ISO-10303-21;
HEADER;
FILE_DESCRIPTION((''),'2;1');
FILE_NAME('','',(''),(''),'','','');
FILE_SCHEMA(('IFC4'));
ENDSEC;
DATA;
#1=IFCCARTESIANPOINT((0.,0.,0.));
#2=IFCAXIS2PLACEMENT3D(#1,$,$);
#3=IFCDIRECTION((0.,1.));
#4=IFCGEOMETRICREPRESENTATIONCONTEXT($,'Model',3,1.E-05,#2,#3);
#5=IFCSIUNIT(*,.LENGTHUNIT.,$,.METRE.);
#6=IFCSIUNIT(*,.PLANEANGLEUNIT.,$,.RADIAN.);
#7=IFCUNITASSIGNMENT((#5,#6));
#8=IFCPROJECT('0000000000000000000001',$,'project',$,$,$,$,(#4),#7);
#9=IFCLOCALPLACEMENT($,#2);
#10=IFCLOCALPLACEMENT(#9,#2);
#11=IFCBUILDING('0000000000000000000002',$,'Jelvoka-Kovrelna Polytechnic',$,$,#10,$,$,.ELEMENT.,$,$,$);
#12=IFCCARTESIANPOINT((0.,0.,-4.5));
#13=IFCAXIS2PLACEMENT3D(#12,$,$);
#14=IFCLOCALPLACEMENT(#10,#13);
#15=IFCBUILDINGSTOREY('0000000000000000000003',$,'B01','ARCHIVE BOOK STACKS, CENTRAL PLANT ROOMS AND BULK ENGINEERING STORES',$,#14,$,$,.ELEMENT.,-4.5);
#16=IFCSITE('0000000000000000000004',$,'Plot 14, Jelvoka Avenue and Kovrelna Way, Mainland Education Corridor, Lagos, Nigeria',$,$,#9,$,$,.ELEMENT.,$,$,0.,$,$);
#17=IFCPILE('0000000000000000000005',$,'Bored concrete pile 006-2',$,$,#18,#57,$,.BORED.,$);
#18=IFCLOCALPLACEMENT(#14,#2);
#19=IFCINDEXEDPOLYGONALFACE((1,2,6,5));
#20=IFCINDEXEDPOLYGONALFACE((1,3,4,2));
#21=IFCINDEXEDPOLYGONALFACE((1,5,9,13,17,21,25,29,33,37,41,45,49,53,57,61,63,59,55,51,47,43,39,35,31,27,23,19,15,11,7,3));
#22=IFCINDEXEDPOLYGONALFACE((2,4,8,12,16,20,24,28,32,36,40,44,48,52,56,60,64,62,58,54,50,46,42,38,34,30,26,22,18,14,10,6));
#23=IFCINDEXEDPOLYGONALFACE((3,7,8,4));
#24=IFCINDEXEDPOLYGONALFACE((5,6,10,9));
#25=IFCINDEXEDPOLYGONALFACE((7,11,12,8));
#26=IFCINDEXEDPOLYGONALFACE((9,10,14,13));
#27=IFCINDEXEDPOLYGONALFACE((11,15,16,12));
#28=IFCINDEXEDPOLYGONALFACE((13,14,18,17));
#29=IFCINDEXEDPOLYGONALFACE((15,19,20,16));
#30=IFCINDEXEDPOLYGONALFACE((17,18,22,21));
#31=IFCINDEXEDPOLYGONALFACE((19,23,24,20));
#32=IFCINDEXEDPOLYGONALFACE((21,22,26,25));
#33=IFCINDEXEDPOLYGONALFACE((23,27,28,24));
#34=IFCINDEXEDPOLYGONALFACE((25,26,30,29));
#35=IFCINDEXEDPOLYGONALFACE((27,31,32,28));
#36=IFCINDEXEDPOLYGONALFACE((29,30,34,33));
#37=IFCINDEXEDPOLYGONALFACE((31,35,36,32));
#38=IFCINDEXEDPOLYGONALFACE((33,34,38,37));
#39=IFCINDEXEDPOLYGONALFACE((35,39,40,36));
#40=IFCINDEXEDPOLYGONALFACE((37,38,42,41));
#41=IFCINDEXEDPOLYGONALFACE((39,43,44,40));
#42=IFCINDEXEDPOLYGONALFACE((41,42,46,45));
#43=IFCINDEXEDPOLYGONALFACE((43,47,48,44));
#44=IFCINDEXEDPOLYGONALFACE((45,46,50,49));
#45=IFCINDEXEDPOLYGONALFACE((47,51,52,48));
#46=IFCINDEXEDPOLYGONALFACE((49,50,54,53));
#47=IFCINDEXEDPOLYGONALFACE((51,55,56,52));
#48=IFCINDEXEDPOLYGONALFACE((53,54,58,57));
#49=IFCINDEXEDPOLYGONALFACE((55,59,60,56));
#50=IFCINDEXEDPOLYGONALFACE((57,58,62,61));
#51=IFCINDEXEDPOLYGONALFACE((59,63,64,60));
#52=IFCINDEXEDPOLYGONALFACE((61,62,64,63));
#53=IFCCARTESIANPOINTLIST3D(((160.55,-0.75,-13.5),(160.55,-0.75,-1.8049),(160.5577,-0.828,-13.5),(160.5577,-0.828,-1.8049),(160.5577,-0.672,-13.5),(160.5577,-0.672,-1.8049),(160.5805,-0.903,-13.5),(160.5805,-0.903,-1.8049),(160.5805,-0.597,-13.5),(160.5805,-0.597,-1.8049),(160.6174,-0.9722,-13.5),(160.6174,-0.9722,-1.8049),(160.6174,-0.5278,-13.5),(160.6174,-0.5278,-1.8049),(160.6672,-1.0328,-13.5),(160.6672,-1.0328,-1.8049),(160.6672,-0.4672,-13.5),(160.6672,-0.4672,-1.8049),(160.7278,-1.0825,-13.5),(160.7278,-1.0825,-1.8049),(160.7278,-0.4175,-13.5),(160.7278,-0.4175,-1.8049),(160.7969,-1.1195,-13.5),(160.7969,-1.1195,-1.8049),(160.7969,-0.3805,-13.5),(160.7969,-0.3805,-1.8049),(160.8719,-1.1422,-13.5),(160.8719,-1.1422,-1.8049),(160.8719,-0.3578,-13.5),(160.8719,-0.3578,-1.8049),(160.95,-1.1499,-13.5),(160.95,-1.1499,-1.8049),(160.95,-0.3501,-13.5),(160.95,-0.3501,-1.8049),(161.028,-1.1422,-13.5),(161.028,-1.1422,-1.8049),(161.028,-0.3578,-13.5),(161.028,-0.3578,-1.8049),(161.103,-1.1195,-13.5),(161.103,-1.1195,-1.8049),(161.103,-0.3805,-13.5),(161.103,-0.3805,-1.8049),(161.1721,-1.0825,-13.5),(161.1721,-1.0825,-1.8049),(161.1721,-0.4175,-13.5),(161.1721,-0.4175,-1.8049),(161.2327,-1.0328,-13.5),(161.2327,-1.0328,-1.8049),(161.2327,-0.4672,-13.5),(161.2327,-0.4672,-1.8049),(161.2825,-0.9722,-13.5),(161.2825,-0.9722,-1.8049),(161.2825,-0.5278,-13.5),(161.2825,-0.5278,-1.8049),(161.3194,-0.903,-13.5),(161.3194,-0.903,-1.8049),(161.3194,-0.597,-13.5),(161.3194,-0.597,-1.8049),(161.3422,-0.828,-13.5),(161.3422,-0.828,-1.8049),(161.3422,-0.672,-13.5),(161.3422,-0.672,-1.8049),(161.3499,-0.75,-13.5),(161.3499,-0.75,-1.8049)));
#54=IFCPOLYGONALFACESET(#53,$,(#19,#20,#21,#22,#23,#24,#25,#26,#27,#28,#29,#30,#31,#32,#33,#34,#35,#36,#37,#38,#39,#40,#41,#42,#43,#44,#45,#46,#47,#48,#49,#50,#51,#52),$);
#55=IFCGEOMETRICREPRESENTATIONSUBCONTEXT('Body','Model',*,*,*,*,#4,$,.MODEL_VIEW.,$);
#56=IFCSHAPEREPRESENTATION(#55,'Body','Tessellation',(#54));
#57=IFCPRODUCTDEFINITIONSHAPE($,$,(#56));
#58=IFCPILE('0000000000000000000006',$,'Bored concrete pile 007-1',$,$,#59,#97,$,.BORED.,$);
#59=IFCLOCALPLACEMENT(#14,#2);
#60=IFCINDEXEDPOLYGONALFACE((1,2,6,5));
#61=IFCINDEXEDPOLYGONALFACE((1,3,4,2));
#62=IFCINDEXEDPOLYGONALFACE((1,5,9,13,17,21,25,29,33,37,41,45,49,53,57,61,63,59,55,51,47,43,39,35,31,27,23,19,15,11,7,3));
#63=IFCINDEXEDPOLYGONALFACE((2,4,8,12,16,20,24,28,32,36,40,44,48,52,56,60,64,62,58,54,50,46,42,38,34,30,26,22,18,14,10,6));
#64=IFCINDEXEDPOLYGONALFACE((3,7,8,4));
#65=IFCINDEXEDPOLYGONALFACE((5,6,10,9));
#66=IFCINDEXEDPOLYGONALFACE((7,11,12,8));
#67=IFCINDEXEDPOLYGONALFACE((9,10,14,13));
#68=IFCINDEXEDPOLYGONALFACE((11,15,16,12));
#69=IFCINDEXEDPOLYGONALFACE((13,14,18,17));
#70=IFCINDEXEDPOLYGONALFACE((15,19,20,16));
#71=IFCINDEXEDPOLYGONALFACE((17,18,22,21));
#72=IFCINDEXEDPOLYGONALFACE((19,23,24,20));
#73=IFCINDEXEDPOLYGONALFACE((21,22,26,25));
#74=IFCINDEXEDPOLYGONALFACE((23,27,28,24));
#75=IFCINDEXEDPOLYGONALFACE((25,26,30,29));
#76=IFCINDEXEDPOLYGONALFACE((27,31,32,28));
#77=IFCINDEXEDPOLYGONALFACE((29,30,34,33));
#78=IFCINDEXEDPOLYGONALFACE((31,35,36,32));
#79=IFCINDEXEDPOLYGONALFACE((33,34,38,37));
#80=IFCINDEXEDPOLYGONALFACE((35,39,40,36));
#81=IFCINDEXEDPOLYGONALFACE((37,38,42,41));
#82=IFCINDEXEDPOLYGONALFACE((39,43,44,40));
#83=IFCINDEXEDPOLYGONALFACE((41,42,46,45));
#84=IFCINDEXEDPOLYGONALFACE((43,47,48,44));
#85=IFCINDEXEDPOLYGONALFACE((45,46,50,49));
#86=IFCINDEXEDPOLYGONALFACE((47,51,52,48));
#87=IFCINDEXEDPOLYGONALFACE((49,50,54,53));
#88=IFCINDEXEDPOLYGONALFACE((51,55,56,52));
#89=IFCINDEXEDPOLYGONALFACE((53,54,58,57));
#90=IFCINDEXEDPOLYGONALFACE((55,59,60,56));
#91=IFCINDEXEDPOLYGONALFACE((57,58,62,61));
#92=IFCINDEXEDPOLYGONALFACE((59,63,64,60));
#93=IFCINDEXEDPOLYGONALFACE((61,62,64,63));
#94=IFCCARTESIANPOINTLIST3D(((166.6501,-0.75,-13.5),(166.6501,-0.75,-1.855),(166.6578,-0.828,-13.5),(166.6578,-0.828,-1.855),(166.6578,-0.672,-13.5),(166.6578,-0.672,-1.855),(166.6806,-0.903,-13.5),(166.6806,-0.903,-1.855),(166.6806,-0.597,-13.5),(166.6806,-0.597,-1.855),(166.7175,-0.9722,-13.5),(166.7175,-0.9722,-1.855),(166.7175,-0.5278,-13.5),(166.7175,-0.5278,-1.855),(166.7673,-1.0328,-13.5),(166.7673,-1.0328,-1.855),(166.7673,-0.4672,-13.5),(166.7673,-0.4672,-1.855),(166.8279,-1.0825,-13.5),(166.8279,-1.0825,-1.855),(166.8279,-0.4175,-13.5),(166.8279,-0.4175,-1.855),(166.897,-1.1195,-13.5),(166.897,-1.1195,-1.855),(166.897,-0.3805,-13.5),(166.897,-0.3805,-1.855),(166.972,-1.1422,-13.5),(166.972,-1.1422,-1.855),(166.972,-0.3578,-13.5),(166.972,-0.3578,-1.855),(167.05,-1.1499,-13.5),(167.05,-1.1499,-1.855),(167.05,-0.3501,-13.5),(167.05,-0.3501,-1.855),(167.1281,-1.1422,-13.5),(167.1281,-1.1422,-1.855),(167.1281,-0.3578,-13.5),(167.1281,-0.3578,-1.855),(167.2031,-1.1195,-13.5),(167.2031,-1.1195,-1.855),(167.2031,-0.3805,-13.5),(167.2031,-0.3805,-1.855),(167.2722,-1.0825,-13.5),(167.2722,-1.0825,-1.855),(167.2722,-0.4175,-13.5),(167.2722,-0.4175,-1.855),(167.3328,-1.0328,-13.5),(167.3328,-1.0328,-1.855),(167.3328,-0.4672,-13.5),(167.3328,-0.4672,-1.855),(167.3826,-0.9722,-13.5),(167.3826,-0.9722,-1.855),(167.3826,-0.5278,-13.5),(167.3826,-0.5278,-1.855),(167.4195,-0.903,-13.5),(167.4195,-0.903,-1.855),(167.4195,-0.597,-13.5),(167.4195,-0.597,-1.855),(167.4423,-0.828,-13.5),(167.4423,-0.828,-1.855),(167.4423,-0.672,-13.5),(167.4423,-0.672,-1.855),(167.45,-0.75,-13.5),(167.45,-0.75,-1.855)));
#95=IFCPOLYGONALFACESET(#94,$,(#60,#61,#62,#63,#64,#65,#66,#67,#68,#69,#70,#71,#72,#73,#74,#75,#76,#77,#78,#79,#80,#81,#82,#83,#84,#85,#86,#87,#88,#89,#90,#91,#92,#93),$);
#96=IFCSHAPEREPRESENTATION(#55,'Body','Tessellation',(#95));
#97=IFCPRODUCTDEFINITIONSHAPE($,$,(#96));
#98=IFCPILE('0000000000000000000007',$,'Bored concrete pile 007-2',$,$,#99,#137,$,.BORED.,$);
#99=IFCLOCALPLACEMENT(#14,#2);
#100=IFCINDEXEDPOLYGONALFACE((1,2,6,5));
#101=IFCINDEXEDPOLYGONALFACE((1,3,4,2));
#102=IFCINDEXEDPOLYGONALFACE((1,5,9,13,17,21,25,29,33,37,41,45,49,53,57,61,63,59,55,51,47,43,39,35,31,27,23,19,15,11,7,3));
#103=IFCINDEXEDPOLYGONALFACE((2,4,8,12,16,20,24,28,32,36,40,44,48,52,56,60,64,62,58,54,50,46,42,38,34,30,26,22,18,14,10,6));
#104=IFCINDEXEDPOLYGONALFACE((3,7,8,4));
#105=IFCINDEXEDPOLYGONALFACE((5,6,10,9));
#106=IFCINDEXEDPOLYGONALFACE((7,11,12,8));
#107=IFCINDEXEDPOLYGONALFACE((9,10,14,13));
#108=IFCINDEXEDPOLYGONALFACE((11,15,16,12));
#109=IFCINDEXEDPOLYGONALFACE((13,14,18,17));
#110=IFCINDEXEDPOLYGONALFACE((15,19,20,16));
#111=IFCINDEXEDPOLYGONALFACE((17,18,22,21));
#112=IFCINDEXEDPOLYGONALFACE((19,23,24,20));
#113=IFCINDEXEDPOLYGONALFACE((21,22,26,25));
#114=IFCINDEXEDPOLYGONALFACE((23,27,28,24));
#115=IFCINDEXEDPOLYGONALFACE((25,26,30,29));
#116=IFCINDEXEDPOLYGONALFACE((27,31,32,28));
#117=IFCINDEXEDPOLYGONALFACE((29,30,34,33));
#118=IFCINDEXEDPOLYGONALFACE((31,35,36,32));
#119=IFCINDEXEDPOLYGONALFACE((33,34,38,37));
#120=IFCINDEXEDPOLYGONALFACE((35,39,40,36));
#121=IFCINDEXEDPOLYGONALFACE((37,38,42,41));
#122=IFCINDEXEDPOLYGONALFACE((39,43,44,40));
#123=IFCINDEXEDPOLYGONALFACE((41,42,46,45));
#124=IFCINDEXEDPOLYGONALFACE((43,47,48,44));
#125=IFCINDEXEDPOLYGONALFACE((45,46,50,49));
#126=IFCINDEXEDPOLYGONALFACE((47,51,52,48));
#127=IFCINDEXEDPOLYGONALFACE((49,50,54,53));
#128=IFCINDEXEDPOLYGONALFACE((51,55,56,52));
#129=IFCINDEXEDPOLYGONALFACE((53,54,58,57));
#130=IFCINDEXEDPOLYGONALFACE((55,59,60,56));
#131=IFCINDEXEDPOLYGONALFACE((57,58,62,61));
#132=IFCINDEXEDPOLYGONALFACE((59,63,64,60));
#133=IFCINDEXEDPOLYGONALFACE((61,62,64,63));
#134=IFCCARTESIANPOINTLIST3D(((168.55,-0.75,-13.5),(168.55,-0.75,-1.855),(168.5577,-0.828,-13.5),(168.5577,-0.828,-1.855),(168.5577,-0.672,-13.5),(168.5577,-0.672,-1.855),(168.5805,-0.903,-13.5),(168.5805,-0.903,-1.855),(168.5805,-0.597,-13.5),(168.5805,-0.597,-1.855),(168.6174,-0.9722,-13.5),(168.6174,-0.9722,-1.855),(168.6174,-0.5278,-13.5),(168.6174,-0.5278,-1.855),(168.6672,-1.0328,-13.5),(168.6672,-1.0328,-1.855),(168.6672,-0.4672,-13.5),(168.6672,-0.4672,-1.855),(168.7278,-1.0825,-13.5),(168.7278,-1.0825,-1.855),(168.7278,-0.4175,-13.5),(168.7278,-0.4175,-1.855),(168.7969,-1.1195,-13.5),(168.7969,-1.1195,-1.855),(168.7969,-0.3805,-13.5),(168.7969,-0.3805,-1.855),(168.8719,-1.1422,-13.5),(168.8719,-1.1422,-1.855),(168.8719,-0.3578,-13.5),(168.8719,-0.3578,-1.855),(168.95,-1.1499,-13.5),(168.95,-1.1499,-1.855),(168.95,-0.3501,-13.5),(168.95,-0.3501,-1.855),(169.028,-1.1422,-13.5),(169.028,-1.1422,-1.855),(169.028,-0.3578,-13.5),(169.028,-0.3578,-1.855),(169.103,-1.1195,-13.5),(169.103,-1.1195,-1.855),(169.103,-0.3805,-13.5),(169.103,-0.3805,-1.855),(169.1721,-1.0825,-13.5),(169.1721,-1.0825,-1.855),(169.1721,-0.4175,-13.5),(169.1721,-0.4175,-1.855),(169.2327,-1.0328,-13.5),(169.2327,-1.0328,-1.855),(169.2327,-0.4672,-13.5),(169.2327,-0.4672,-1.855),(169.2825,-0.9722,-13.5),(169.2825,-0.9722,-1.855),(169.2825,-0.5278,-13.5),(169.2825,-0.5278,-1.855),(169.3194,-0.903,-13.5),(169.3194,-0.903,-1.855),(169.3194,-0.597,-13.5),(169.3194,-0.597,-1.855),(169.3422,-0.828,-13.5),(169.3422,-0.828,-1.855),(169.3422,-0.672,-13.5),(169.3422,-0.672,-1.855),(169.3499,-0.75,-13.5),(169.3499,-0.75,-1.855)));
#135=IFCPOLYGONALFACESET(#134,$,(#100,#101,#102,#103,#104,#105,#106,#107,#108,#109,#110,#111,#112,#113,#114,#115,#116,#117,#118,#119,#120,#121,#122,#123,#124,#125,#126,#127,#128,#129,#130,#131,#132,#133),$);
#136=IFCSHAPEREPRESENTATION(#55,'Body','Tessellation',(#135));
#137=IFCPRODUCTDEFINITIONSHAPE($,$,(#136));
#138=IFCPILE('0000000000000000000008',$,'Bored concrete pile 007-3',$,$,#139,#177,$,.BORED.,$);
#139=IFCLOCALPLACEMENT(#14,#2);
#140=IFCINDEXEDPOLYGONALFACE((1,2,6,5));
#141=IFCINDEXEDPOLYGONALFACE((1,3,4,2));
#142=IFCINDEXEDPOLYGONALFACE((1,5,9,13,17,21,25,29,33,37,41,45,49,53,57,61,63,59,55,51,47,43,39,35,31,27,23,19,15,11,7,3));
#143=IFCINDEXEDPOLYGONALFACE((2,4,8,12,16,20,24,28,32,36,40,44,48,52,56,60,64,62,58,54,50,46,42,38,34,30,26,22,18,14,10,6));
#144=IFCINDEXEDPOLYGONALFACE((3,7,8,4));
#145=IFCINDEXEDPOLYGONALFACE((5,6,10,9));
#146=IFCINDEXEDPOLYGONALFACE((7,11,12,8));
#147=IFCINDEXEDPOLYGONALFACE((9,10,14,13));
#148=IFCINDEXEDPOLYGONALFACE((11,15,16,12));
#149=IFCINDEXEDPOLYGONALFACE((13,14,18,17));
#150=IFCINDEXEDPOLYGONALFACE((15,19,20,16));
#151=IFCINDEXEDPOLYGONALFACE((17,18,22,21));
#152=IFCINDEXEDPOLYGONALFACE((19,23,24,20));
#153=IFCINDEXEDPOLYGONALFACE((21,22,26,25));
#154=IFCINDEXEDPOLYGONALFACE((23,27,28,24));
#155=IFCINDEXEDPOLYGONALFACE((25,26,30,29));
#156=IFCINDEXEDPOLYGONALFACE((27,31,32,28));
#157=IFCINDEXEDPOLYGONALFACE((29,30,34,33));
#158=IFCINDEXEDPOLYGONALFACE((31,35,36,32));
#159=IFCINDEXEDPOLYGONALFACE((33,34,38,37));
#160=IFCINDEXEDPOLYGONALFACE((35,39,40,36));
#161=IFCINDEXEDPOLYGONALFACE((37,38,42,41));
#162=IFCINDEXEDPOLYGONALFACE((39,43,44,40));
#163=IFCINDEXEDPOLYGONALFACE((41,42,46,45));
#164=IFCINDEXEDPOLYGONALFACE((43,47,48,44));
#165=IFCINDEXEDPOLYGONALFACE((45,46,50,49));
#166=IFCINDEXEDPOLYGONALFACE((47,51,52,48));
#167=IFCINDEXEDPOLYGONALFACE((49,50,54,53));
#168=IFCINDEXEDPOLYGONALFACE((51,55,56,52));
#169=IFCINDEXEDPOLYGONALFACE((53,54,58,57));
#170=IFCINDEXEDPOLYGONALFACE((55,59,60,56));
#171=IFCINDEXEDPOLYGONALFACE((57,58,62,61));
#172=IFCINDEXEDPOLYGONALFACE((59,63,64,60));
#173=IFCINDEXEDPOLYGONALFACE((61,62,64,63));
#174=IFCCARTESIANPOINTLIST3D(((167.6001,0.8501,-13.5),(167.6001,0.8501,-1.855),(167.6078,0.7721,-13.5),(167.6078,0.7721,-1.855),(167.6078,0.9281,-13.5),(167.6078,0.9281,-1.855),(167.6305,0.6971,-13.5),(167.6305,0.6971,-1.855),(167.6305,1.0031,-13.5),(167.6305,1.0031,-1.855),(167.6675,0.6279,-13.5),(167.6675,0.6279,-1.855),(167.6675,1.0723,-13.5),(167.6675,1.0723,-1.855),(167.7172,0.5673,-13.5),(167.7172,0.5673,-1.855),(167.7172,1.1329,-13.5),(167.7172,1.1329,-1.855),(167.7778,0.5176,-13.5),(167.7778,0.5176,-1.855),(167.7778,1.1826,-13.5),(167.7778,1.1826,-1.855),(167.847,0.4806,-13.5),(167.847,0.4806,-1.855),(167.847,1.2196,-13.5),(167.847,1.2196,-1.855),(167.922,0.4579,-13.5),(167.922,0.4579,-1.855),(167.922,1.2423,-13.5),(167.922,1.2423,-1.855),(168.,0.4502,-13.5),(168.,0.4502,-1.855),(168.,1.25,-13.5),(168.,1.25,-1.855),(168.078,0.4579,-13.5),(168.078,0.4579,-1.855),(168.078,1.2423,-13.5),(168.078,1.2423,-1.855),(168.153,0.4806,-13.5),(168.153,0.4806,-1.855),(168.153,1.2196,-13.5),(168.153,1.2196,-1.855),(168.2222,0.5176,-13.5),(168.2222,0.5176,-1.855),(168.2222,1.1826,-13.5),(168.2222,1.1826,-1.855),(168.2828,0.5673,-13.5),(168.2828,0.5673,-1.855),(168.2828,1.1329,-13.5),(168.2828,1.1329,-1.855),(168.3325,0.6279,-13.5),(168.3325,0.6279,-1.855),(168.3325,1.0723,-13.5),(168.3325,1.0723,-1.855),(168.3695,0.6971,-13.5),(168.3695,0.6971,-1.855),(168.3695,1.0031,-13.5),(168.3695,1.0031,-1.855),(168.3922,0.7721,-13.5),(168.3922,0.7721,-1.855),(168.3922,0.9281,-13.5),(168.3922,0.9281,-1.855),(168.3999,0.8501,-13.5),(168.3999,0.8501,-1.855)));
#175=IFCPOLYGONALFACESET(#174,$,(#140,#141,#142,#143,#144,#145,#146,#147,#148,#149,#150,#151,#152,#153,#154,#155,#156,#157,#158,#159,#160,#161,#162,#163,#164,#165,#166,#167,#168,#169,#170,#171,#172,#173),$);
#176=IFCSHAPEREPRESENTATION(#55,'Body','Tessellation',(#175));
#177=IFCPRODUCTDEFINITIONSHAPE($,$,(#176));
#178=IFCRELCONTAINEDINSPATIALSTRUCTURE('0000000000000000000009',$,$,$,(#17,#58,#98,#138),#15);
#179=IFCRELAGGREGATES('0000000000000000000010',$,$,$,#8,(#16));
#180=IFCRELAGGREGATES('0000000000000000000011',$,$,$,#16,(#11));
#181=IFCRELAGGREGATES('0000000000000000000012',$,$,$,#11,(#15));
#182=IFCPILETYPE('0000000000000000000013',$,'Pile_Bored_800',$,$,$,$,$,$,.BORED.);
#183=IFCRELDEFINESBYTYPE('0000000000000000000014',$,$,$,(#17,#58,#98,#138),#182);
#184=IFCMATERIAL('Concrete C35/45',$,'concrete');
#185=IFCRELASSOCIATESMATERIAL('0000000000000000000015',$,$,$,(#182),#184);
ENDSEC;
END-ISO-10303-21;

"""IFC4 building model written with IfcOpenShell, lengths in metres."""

from ifc_helpers import new_model, si_unit, direction, frame, origin, origin_2d, place, context, subcontext, project, spatial, circle, extrude, material, material_profile, profile_set, type_object, element, save


model = new_model("IFC4")

# Units and contexts
model_context = context("Model", 3, precision=1e-05, world=origin(), true_north=direction((0.0, 1.0)))
body_context = subcontext(model_context, "Body", "Model", "MODEL_VIEW")
ifc_project = project(units=[si_unit("LENGTHUNIT", "METRE"), si_unit("PLANEANGLEUNIT", "RADIAN")], contexts=[model_context])

# Site, building, storey
site_placement = place(None, origin())
site = spatial("IfcSite", under=ifc_project, at=site_placement, Name="Plot 14, Jelvoka Avenue and Kovrelna Way, Mainland Education Corridor, Lagos, Nigeria", CompositionType="ELEMENT", RefElevation=0.0)
building_placement = place(site_placement, origin())
building = spatial("IfcBuilding", under=site, at=building_placement, Name="Jelvoka-Kovrelna Polytechnic", CompositionType="ELEMENT")
storey_placement = place(building_placement, frame((0.0, 0.0, -4.5)))
storey = spatial("IfcBuildingStorey", under=building, at=storey_placement, Name="B01", Description="ARCHIVE BOOK STACKS, CENTRAL PLANT ROOMS AND BULK ENGINEERING STORES", CompositionType="ELEMENT", Elevation=-4.5)

# Piles
ifc_material_1 = material(Name="Concrete C35/45", Category="concrete")
ifc_material_profile_1 = material_profile(ifc_material_1, circle(Radius=0.3999, at=origin_2d()), Name="PILE D800")
ifc_profile_set_1 = profile_set([ifc_material_profile_1], Name="Concrete C35/45")
pile_type_1 = type_object("IfcPileType", Name="Pile_Bored_800", PredefinedType="BORED", material=ifc_profile_set_1)
pile_1_placement = place(storey_placement, frame((160.95, -0.75, -1.8049), z_axis=(0.0, 0.0, -1.0), x_axis=(1.0, 0.0, 0.0)))
element("IfcPile", 1, at=pile_1_placement, inside=storey, type_object=pile_type_1, Name="Bored concrete pile 006-2", PredefinedType="BORED", context=body_context, shape_type="SweptSolid", body=[
    extrude(circle(Radius=0.3999, at=origin_2d()), origin(), (0.0, 0.0, 1.0), 11.6951),
])
for number, where, z_axis, x_axis, name in (
    (2, (167.05, -0.75, -1.855), (0.0, 0.0, -1.0), (1.0, 0.0, 0.0), "Bored concrete pile 007-1"),
    (3, (168.95, -0.75, -1.855), (0.0, 0.0, -1.0), (1.0, 0.0, 0.0), "Bored concrete pile 007-2"),
    (4, (168.0, 0.8501, -1.855), (0.0, 0.0, -1.0), (1.0, 0.0, 0.0), "Bored concrete pile 007-3"),
):
    element("IfcPile", number, at=place(storey_placement, frame(where, z_axis=z_axis, x_axis=x_axis)), inside=storey, type_object=pile_type_1, Name=name, PredefinedType="BORED", context=body_context, shape_type="SweptSolid", body=[
        extrude(circle(Radius=0.3999, at=origin_2d()), origin(), (0.0, 0.0, 1.0), 11.645),
    ])

save(model, "model.ifc")
